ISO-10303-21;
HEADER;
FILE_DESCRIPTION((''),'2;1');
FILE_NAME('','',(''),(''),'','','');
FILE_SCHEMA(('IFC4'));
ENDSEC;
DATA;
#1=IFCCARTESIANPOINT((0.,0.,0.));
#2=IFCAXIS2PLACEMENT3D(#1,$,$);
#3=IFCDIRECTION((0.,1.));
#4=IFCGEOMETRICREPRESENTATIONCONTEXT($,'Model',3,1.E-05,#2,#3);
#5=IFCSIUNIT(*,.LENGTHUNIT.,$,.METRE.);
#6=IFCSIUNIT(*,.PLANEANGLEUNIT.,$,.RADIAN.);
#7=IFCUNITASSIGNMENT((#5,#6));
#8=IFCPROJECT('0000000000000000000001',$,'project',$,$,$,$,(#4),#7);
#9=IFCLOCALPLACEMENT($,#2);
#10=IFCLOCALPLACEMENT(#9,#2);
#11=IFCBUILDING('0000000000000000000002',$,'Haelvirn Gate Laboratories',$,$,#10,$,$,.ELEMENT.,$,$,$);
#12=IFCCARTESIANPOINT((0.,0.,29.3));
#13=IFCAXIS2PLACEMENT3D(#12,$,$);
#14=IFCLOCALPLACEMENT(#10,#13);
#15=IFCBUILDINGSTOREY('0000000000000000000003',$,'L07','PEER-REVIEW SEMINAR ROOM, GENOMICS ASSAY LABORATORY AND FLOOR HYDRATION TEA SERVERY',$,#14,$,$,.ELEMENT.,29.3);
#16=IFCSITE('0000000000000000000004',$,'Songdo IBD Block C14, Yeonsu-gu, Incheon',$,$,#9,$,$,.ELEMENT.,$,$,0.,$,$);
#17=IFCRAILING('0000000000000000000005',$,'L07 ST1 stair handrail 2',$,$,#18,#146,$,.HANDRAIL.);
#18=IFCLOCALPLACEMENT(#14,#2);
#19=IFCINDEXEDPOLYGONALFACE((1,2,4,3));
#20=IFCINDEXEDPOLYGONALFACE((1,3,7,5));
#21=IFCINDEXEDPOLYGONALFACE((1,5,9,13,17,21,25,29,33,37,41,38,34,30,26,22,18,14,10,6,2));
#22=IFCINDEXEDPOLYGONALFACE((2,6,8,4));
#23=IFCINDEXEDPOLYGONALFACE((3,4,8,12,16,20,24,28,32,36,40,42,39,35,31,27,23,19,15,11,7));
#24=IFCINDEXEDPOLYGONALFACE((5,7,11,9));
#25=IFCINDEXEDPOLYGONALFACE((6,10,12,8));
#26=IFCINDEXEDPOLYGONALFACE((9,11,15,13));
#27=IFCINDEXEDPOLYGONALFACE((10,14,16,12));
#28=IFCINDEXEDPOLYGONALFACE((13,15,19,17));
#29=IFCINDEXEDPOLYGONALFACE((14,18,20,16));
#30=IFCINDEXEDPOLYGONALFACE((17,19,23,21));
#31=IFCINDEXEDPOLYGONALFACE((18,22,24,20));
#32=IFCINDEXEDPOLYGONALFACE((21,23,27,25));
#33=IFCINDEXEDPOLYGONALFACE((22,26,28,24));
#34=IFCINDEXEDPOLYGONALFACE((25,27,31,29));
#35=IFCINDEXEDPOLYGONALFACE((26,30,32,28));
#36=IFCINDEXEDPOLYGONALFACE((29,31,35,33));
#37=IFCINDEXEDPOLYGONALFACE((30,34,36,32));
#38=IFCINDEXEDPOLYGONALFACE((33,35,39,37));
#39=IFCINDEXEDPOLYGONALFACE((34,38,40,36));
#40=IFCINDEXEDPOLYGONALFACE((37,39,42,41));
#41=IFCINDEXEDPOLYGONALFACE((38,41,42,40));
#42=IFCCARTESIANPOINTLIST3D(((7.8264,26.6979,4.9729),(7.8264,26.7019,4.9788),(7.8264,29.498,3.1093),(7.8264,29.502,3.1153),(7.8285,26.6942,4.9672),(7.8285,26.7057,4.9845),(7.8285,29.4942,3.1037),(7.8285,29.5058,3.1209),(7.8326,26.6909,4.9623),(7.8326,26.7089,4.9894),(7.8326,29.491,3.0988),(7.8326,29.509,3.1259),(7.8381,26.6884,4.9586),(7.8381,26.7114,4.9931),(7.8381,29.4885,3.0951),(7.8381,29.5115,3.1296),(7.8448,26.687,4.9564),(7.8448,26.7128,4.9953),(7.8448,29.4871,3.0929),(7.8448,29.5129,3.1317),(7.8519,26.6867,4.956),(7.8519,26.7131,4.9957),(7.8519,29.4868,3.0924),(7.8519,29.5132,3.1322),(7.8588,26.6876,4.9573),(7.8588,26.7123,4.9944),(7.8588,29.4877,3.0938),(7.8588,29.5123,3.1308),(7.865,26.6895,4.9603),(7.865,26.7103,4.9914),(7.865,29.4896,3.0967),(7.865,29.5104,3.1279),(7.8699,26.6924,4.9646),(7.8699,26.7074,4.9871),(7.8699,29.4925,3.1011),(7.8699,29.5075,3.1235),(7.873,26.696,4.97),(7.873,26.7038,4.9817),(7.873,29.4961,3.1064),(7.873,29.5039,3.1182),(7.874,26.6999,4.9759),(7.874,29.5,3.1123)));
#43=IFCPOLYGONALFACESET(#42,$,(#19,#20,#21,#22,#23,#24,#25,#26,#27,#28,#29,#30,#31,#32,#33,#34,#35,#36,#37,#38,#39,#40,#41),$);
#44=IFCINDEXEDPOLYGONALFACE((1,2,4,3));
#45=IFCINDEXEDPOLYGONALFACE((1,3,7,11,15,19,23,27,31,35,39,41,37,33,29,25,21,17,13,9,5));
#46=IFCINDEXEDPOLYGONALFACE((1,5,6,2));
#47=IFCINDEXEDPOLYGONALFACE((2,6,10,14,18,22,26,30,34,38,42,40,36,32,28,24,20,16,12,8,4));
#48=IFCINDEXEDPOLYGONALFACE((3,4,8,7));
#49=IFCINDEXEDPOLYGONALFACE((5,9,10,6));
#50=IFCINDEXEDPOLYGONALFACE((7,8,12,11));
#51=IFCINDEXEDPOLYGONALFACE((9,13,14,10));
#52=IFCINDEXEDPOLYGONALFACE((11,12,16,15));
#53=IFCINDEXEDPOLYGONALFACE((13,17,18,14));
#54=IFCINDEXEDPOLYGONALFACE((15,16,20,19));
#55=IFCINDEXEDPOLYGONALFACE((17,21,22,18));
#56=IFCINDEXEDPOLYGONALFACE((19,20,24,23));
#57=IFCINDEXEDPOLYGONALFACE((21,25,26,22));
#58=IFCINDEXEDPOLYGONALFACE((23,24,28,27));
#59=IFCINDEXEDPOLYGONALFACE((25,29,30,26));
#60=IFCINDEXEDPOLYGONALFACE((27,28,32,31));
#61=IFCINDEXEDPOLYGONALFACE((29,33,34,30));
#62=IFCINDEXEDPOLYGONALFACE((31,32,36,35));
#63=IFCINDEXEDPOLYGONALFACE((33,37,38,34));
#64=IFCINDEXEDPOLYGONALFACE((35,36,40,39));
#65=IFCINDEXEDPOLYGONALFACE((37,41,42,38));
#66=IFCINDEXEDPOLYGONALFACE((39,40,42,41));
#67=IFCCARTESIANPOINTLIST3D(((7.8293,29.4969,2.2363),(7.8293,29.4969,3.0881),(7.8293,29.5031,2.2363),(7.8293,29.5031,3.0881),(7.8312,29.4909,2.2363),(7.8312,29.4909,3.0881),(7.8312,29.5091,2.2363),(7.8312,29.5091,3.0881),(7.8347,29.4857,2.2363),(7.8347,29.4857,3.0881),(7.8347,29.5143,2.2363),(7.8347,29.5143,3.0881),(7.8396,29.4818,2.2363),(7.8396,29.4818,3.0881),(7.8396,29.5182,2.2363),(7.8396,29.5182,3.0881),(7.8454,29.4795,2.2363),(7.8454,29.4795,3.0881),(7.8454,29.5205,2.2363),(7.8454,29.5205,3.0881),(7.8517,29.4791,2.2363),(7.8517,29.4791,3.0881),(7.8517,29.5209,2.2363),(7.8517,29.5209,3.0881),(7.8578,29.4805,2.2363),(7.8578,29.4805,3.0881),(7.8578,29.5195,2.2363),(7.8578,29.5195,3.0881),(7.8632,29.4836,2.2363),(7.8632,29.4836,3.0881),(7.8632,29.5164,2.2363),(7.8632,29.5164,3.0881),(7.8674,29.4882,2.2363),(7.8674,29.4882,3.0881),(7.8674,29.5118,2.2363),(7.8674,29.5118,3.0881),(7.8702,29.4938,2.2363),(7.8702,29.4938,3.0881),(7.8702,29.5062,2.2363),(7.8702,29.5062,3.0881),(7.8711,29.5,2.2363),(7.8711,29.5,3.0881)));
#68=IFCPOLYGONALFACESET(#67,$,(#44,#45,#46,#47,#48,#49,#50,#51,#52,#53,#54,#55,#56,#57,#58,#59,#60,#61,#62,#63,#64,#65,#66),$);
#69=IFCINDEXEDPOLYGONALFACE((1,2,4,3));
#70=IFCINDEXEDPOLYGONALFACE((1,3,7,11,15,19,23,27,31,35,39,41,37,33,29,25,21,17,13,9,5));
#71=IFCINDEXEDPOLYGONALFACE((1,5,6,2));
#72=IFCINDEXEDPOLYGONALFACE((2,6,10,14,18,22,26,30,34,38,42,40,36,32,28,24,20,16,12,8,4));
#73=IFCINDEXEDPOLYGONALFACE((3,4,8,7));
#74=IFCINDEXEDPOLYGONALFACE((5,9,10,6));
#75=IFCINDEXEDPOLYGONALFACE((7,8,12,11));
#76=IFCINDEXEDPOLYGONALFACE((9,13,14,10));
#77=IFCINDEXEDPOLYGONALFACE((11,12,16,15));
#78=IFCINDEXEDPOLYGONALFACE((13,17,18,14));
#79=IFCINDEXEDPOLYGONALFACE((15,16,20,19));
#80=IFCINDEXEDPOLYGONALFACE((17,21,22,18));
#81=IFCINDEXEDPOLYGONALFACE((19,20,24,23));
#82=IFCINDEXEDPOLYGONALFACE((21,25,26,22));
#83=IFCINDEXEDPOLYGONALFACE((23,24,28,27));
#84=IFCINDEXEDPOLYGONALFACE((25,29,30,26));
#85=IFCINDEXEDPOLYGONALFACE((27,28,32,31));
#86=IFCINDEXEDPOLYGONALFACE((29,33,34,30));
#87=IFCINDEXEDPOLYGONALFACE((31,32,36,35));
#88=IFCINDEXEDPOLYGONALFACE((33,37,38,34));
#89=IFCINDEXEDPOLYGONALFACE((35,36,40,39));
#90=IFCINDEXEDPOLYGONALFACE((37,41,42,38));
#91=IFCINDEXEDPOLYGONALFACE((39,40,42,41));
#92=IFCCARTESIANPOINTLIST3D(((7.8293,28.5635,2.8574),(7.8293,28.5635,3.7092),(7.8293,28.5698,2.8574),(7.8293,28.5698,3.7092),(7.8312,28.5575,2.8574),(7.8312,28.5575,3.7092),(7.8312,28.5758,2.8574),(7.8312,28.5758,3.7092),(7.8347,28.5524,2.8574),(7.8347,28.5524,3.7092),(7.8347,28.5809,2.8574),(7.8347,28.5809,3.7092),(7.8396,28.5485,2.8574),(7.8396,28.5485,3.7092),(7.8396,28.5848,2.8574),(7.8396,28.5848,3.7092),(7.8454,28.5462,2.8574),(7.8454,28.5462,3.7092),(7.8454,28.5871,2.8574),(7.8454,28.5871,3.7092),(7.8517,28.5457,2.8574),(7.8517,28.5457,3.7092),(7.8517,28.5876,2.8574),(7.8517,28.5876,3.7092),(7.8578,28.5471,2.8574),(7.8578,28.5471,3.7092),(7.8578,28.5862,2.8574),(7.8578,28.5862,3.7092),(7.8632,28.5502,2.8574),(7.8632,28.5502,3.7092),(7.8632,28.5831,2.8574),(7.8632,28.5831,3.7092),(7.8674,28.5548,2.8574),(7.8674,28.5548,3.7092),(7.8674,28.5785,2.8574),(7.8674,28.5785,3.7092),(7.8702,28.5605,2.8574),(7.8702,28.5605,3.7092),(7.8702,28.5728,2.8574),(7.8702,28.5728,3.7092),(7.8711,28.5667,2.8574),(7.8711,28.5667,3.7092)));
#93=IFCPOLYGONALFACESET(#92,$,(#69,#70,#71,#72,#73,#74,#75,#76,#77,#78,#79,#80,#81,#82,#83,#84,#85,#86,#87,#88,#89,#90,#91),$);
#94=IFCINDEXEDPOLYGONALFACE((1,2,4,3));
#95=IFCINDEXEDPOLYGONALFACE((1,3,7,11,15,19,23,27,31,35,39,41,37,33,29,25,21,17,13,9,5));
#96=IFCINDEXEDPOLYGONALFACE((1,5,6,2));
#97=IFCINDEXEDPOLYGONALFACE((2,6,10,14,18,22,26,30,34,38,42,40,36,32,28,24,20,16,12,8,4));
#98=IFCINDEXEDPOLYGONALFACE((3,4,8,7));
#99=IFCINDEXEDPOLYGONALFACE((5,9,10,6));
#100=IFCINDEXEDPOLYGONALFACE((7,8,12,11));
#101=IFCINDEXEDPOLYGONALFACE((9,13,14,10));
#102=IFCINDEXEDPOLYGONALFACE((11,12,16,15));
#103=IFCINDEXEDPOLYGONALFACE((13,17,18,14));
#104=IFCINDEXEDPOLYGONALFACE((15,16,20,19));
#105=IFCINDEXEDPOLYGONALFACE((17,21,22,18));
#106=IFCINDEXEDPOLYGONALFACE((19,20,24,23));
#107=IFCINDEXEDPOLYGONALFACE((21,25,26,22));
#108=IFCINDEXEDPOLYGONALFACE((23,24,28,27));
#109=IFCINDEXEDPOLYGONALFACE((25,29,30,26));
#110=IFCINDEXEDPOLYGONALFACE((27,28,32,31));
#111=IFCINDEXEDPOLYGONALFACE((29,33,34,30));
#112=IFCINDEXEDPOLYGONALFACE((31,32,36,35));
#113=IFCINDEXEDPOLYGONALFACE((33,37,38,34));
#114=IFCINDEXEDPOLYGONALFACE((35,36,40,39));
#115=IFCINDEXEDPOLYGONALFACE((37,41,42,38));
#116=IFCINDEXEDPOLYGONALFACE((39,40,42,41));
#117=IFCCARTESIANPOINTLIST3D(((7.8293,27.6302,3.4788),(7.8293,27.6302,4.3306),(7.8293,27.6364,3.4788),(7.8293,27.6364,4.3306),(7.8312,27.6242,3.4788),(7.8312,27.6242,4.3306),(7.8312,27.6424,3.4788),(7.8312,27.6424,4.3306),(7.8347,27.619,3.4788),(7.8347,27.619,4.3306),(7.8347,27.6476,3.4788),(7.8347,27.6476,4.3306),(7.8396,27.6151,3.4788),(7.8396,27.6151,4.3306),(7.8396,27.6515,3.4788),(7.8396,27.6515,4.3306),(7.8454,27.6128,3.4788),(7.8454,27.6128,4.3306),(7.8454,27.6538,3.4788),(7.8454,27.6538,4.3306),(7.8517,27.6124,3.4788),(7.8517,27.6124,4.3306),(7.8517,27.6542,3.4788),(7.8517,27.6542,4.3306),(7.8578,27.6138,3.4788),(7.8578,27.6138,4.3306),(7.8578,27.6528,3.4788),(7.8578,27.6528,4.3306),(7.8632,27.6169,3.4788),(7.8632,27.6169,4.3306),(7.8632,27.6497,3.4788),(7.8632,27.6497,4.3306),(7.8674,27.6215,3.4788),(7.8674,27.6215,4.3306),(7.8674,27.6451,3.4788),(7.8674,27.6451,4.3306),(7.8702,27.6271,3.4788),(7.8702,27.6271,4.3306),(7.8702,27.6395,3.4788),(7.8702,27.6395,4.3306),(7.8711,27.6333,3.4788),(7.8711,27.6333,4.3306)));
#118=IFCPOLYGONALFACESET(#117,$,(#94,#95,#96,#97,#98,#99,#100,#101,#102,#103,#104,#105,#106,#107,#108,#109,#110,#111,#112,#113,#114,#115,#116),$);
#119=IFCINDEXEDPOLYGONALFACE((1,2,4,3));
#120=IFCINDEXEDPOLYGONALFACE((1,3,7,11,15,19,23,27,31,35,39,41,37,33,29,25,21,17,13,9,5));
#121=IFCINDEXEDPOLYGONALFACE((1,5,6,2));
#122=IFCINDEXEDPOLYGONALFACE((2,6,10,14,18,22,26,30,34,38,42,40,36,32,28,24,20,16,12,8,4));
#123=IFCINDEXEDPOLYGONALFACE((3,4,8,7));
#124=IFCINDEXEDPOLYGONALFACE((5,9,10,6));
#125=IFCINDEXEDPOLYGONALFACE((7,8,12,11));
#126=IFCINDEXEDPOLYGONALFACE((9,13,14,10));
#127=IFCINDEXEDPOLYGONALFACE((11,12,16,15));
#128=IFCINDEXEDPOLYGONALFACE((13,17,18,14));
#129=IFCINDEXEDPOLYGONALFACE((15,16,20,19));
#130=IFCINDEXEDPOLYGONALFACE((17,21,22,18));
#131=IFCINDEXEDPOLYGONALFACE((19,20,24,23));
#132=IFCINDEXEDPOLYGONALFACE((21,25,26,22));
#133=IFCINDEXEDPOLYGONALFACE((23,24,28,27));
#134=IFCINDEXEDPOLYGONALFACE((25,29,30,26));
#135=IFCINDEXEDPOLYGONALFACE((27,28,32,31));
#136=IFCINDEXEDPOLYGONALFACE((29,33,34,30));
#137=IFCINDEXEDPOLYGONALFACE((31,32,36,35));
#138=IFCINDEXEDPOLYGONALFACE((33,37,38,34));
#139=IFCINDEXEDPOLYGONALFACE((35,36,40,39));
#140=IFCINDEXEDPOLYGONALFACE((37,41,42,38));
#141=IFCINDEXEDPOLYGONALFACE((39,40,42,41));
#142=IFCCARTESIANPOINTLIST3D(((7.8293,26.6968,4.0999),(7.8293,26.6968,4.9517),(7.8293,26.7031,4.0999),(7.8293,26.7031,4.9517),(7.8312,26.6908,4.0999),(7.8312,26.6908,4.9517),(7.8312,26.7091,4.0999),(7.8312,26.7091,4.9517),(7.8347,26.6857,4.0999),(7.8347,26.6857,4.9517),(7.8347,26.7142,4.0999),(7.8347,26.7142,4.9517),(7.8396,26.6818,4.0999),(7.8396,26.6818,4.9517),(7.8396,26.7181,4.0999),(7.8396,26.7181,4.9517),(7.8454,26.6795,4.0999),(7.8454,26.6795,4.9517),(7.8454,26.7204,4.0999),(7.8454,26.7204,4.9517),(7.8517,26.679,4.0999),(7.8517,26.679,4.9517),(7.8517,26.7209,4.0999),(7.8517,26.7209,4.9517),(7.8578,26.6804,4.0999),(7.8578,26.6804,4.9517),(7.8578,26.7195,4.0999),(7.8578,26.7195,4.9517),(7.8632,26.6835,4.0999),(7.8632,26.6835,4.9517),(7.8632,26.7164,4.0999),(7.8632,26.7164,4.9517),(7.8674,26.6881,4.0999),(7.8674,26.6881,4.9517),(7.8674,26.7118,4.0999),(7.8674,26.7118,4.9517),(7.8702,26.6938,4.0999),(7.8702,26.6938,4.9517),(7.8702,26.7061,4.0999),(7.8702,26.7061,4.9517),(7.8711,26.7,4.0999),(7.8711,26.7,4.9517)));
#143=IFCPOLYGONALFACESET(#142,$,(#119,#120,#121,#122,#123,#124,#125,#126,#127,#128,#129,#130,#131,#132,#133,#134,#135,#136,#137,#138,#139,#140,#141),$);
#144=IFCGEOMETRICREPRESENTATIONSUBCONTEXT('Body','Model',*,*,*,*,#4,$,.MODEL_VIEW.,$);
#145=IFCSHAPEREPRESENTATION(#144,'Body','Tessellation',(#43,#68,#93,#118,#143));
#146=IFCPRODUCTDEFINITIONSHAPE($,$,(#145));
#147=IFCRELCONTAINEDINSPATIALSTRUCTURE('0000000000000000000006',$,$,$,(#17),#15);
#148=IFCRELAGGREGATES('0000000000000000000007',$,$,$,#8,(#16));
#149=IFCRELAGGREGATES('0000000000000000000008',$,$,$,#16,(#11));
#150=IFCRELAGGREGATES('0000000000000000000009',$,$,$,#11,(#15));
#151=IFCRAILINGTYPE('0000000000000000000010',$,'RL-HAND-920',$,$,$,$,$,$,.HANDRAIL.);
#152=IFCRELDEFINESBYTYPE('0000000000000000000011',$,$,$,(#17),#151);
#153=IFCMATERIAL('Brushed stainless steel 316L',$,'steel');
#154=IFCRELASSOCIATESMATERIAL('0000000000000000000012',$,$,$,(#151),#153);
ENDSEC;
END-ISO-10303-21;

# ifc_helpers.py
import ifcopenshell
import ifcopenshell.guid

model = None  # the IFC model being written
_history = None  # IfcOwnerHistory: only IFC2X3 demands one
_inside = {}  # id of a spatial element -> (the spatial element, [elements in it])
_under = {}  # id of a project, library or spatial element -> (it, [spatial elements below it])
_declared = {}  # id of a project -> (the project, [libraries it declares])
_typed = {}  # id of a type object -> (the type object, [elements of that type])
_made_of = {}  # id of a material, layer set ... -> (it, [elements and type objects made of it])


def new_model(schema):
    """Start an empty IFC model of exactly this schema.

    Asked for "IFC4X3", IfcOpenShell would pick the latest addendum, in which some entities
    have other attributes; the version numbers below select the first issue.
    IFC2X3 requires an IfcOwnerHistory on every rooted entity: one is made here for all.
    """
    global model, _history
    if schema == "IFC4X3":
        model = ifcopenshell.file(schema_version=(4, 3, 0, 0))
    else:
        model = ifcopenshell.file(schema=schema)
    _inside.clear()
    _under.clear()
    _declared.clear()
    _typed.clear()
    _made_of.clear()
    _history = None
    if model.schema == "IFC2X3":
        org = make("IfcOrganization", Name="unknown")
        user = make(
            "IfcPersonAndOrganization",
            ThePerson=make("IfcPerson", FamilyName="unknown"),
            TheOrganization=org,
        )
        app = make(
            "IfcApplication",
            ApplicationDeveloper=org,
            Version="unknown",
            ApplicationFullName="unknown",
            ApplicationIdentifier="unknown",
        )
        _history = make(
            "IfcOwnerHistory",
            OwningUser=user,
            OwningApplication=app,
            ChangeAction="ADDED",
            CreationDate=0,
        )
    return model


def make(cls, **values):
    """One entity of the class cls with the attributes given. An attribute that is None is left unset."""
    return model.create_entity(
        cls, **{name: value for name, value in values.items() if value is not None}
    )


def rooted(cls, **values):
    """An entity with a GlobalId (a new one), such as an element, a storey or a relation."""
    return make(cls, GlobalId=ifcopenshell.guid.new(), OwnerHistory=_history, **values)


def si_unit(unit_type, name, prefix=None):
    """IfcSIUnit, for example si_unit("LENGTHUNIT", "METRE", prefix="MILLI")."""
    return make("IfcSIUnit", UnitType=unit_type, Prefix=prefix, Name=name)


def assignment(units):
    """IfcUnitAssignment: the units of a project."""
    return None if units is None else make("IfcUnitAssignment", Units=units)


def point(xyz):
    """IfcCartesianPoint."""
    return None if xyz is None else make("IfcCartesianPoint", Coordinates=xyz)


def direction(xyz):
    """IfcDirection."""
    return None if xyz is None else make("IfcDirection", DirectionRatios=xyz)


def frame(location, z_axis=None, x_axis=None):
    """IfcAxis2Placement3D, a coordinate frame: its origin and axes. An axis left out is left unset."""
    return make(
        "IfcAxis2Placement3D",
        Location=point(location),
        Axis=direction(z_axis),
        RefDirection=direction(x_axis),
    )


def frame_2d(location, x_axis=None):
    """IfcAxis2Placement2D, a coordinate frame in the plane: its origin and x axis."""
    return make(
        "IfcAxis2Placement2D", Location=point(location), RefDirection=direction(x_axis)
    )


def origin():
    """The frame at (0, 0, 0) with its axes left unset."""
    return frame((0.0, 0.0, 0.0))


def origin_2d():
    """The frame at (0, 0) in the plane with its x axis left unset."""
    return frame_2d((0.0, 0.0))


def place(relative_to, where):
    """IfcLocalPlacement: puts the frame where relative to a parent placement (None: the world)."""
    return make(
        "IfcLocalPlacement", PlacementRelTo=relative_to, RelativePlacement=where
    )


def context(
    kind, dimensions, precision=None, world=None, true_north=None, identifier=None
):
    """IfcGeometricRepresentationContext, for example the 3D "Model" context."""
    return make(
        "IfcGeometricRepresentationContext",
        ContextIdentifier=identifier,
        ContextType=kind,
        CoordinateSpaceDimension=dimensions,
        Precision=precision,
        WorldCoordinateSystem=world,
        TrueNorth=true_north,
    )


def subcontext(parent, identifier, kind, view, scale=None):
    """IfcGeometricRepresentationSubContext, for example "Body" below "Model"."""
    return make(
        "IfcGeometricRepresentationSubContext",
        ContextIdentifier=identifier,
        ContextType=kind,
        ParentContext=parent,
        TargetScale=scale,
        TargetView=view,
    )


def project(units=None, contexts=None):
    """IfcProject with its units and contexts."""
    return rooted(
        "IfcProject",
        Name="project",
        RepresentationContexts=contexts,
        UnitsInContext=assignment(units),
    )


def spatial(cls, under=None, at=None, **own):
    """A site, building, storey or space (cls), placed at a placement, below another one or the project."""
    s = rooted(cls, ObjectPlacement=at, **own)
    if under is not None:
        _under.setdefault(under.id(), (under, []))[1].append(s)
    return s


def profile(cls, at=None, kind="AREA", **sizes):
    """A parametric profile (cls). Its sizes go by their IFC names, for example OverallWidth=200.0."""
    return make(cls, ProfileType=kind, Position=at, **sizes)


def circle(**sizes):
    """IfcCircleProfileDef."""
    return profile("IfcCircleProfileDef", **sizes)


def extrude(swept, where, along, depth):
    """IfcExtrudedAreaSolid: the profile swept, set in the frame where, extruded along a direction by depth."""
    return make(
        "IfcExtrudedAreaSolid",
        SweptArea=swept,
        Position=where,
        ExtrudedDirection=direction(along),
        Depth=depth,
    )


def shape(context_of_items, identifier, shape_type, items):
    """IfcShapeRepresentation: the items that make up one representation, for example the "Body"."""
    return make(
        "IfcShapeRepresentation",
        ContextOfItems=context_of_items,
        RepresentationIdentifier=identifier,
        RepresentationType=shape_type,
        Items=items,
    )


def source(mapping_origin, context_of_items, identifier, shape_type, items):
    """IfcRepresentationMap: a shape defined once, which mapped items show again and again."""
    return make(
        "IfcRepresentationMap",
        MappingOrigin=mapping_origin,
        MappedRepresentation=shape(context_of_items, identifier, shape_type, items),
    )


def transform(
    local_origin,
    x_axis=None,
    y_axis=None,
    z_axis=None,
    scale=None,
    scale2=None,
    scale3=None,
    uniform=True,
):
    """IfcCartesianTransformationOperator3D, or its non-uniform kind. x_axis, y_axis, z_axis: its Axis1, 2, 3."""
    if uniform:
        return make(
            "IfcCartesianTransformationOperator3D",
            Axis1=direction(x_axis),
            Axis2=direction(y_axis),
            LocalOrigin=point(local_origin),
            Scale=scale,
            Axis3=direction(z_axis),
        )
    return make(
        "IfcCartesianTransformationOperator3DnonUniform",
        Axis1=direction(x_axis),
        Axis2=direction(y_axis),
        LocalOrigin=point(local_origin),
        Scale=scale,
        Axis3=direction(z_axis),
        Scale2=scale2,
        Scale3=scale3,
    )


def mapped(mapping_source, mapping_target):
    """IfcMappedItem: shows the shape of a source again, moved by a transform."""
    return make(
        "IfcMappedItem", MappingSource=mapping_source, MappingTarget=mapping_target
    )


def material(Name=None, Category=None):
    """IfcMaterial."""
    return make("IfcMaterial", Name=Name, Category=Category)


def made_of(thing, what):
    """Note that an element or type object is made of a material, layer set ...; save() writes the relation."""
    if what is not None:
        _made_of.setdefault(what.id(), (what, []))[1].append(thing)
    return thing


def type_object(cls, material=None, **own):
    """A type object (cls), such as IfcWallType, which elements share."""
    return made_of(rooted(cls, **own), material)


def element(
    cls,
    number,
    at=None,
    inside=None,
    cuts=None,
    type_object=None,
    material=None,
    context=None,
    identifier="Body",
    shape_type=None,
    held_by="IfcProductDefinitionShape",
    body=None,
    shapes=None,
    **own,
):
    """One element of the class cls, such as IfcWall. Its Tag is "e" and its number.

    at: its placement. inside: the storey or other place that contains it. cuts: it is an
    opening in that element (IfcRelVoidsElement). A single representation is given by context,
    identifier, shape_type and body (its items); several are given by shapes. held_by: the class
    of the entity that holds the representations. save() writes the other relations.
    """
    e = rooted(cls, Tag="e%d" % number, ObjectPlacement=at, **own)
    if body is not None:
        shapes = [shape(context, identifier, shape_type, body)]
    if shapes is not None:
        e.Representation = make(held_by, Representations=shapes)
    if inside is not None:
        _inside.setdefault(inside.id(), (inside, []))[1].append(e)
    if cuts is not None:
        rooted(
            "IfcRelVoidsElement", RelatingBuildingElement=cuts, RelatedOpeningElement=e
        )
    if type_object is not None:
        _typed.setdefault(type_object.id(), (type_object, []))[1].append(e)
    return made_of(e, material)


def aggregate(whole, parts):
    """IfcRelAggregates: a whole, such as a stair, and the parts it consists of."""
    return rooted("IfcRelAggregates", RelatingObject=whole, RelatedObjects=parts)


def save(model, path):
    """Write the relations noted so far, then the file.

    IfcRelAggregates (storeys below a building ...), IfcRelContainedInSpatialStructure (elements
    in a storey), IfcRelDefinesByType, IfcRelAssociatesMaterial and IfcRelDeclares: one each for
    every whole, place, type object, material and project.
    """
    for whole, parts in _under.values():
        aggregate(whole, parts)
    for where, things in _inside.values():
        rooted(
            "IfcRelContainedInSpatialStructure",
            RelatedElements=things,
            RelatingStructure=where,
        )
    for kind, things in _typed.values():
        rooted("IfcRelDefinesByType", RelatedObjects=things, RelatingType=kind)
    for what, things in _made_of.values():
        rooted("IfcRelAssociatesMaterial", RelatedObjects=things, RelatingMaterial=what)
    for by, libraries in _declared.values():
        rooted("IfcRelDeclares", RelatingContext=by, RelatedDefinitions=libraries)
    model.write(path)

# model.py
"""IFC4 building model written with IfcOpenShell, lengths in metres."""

from ifc_helpers import new_model, si_unit, direction, frame, origin, origin_2d, place, context, subcontext, project, spatial, circle, extrude, source, transform, mapped, material, type_object, element, save


model = new_model("IFC4")

# Units and contexts
model_context = context("Model", 3, precision=1e-05, world=origin(), true_north=direction((0.0, 1.0)))
body_context = subcontext(model_context, "Body", "Model", "MODEL_VIEW")
ifc_project = project(units=[si_unit("LENGTHUNIT", "METRE"), si_unit("PLANEANGLEUNIT", "RADIAN")], contexts=[model_context])

# Site, building, storey
site_placement = place(None, origin())
site = spatial("IfcSite", under=ifc_project, at=site_placement, Name="Songdo IBD Block C14, Yeonsu-gu, Incheon", CompositionType="ELEMENT", RefElevation=0.0)
building_placement = place(site_placement, origin())
building = spatial("IfcBuilding", under=site, at=building_placement, Name="Haelvirn Gate Laboratories", CompositionType="ELEMENT")
storey_placement = place(building_placement, frame((0.0, 0.0, 29.3)))
storey = spatial("IfcBuildingStorey", under=building, at=storey_placement, Name="L07", Description="PEER-REVIEW SEMINAR ROOM, GENOMICS ASSAY LABORATORY AND FLOOR HYDRATION TEA SERVERY", CompositionType="ELEMENT", Elevation=29.3)

# Railing
ifc_material_1 = material(Name="Brushed stainless steel 316L", Category="steel")
railing_type_1 = type_object("IfcRailingType", Name="RL-HAND-920", PredefinedType="HANDRAIL", material=ifc_material_1)
shared_shape_1 = source(origin(), body_context, "Body", "SweptSolid", [
    extrude(circle(Radius=0.0239, at=origin_2d()), frame((0.0, 0.0, 0.876), z_axis=(0.0, -0.832486, 0.554047), x_axis=(1.0, 0.0, 0.0)), (0.0, 0.0, 1.0), 3.3635),
    extrude(circle(Radius=0.021, at=origin_2d()), origin(), (0.0, 0.0, 1.0), 0.8518),
    extrude(circle(Radius=0.021, at=origin_2d()), frame((0.0, -0.9333, 0.6211)), (0.0, 0.0, 1.0), 0.8518),
    extrude(circle(Radius=0.021, at=origin_2d()), frame((0.0, -1.8667, 1.2424)), (0.0, 0.0, 1.0), 0.8518),
    extrude(circle(Radius=0.021, at=origin_2d()), frame((0.0, -2.8, 1.8635)), (0.0, 0.0, 1.0), 0.8518),
])
railing_1_placement = place(storey_placement, frame((7.8501, 29.5, 2.2363)))
element("IfcRailing", 1, at=railing_1_placement, inside=storey, type_object=railing_type_1, Name="L07 ST1 stair handrail 2", PredefinedType="HANDRAIL", context=body_context, shape_type="MappedRepresentation", body=[
    mapped(shared_shape_1, transform((0.0, 0.0, 0.0), scale=1.0)),
])

save(model, "model.ifc")
